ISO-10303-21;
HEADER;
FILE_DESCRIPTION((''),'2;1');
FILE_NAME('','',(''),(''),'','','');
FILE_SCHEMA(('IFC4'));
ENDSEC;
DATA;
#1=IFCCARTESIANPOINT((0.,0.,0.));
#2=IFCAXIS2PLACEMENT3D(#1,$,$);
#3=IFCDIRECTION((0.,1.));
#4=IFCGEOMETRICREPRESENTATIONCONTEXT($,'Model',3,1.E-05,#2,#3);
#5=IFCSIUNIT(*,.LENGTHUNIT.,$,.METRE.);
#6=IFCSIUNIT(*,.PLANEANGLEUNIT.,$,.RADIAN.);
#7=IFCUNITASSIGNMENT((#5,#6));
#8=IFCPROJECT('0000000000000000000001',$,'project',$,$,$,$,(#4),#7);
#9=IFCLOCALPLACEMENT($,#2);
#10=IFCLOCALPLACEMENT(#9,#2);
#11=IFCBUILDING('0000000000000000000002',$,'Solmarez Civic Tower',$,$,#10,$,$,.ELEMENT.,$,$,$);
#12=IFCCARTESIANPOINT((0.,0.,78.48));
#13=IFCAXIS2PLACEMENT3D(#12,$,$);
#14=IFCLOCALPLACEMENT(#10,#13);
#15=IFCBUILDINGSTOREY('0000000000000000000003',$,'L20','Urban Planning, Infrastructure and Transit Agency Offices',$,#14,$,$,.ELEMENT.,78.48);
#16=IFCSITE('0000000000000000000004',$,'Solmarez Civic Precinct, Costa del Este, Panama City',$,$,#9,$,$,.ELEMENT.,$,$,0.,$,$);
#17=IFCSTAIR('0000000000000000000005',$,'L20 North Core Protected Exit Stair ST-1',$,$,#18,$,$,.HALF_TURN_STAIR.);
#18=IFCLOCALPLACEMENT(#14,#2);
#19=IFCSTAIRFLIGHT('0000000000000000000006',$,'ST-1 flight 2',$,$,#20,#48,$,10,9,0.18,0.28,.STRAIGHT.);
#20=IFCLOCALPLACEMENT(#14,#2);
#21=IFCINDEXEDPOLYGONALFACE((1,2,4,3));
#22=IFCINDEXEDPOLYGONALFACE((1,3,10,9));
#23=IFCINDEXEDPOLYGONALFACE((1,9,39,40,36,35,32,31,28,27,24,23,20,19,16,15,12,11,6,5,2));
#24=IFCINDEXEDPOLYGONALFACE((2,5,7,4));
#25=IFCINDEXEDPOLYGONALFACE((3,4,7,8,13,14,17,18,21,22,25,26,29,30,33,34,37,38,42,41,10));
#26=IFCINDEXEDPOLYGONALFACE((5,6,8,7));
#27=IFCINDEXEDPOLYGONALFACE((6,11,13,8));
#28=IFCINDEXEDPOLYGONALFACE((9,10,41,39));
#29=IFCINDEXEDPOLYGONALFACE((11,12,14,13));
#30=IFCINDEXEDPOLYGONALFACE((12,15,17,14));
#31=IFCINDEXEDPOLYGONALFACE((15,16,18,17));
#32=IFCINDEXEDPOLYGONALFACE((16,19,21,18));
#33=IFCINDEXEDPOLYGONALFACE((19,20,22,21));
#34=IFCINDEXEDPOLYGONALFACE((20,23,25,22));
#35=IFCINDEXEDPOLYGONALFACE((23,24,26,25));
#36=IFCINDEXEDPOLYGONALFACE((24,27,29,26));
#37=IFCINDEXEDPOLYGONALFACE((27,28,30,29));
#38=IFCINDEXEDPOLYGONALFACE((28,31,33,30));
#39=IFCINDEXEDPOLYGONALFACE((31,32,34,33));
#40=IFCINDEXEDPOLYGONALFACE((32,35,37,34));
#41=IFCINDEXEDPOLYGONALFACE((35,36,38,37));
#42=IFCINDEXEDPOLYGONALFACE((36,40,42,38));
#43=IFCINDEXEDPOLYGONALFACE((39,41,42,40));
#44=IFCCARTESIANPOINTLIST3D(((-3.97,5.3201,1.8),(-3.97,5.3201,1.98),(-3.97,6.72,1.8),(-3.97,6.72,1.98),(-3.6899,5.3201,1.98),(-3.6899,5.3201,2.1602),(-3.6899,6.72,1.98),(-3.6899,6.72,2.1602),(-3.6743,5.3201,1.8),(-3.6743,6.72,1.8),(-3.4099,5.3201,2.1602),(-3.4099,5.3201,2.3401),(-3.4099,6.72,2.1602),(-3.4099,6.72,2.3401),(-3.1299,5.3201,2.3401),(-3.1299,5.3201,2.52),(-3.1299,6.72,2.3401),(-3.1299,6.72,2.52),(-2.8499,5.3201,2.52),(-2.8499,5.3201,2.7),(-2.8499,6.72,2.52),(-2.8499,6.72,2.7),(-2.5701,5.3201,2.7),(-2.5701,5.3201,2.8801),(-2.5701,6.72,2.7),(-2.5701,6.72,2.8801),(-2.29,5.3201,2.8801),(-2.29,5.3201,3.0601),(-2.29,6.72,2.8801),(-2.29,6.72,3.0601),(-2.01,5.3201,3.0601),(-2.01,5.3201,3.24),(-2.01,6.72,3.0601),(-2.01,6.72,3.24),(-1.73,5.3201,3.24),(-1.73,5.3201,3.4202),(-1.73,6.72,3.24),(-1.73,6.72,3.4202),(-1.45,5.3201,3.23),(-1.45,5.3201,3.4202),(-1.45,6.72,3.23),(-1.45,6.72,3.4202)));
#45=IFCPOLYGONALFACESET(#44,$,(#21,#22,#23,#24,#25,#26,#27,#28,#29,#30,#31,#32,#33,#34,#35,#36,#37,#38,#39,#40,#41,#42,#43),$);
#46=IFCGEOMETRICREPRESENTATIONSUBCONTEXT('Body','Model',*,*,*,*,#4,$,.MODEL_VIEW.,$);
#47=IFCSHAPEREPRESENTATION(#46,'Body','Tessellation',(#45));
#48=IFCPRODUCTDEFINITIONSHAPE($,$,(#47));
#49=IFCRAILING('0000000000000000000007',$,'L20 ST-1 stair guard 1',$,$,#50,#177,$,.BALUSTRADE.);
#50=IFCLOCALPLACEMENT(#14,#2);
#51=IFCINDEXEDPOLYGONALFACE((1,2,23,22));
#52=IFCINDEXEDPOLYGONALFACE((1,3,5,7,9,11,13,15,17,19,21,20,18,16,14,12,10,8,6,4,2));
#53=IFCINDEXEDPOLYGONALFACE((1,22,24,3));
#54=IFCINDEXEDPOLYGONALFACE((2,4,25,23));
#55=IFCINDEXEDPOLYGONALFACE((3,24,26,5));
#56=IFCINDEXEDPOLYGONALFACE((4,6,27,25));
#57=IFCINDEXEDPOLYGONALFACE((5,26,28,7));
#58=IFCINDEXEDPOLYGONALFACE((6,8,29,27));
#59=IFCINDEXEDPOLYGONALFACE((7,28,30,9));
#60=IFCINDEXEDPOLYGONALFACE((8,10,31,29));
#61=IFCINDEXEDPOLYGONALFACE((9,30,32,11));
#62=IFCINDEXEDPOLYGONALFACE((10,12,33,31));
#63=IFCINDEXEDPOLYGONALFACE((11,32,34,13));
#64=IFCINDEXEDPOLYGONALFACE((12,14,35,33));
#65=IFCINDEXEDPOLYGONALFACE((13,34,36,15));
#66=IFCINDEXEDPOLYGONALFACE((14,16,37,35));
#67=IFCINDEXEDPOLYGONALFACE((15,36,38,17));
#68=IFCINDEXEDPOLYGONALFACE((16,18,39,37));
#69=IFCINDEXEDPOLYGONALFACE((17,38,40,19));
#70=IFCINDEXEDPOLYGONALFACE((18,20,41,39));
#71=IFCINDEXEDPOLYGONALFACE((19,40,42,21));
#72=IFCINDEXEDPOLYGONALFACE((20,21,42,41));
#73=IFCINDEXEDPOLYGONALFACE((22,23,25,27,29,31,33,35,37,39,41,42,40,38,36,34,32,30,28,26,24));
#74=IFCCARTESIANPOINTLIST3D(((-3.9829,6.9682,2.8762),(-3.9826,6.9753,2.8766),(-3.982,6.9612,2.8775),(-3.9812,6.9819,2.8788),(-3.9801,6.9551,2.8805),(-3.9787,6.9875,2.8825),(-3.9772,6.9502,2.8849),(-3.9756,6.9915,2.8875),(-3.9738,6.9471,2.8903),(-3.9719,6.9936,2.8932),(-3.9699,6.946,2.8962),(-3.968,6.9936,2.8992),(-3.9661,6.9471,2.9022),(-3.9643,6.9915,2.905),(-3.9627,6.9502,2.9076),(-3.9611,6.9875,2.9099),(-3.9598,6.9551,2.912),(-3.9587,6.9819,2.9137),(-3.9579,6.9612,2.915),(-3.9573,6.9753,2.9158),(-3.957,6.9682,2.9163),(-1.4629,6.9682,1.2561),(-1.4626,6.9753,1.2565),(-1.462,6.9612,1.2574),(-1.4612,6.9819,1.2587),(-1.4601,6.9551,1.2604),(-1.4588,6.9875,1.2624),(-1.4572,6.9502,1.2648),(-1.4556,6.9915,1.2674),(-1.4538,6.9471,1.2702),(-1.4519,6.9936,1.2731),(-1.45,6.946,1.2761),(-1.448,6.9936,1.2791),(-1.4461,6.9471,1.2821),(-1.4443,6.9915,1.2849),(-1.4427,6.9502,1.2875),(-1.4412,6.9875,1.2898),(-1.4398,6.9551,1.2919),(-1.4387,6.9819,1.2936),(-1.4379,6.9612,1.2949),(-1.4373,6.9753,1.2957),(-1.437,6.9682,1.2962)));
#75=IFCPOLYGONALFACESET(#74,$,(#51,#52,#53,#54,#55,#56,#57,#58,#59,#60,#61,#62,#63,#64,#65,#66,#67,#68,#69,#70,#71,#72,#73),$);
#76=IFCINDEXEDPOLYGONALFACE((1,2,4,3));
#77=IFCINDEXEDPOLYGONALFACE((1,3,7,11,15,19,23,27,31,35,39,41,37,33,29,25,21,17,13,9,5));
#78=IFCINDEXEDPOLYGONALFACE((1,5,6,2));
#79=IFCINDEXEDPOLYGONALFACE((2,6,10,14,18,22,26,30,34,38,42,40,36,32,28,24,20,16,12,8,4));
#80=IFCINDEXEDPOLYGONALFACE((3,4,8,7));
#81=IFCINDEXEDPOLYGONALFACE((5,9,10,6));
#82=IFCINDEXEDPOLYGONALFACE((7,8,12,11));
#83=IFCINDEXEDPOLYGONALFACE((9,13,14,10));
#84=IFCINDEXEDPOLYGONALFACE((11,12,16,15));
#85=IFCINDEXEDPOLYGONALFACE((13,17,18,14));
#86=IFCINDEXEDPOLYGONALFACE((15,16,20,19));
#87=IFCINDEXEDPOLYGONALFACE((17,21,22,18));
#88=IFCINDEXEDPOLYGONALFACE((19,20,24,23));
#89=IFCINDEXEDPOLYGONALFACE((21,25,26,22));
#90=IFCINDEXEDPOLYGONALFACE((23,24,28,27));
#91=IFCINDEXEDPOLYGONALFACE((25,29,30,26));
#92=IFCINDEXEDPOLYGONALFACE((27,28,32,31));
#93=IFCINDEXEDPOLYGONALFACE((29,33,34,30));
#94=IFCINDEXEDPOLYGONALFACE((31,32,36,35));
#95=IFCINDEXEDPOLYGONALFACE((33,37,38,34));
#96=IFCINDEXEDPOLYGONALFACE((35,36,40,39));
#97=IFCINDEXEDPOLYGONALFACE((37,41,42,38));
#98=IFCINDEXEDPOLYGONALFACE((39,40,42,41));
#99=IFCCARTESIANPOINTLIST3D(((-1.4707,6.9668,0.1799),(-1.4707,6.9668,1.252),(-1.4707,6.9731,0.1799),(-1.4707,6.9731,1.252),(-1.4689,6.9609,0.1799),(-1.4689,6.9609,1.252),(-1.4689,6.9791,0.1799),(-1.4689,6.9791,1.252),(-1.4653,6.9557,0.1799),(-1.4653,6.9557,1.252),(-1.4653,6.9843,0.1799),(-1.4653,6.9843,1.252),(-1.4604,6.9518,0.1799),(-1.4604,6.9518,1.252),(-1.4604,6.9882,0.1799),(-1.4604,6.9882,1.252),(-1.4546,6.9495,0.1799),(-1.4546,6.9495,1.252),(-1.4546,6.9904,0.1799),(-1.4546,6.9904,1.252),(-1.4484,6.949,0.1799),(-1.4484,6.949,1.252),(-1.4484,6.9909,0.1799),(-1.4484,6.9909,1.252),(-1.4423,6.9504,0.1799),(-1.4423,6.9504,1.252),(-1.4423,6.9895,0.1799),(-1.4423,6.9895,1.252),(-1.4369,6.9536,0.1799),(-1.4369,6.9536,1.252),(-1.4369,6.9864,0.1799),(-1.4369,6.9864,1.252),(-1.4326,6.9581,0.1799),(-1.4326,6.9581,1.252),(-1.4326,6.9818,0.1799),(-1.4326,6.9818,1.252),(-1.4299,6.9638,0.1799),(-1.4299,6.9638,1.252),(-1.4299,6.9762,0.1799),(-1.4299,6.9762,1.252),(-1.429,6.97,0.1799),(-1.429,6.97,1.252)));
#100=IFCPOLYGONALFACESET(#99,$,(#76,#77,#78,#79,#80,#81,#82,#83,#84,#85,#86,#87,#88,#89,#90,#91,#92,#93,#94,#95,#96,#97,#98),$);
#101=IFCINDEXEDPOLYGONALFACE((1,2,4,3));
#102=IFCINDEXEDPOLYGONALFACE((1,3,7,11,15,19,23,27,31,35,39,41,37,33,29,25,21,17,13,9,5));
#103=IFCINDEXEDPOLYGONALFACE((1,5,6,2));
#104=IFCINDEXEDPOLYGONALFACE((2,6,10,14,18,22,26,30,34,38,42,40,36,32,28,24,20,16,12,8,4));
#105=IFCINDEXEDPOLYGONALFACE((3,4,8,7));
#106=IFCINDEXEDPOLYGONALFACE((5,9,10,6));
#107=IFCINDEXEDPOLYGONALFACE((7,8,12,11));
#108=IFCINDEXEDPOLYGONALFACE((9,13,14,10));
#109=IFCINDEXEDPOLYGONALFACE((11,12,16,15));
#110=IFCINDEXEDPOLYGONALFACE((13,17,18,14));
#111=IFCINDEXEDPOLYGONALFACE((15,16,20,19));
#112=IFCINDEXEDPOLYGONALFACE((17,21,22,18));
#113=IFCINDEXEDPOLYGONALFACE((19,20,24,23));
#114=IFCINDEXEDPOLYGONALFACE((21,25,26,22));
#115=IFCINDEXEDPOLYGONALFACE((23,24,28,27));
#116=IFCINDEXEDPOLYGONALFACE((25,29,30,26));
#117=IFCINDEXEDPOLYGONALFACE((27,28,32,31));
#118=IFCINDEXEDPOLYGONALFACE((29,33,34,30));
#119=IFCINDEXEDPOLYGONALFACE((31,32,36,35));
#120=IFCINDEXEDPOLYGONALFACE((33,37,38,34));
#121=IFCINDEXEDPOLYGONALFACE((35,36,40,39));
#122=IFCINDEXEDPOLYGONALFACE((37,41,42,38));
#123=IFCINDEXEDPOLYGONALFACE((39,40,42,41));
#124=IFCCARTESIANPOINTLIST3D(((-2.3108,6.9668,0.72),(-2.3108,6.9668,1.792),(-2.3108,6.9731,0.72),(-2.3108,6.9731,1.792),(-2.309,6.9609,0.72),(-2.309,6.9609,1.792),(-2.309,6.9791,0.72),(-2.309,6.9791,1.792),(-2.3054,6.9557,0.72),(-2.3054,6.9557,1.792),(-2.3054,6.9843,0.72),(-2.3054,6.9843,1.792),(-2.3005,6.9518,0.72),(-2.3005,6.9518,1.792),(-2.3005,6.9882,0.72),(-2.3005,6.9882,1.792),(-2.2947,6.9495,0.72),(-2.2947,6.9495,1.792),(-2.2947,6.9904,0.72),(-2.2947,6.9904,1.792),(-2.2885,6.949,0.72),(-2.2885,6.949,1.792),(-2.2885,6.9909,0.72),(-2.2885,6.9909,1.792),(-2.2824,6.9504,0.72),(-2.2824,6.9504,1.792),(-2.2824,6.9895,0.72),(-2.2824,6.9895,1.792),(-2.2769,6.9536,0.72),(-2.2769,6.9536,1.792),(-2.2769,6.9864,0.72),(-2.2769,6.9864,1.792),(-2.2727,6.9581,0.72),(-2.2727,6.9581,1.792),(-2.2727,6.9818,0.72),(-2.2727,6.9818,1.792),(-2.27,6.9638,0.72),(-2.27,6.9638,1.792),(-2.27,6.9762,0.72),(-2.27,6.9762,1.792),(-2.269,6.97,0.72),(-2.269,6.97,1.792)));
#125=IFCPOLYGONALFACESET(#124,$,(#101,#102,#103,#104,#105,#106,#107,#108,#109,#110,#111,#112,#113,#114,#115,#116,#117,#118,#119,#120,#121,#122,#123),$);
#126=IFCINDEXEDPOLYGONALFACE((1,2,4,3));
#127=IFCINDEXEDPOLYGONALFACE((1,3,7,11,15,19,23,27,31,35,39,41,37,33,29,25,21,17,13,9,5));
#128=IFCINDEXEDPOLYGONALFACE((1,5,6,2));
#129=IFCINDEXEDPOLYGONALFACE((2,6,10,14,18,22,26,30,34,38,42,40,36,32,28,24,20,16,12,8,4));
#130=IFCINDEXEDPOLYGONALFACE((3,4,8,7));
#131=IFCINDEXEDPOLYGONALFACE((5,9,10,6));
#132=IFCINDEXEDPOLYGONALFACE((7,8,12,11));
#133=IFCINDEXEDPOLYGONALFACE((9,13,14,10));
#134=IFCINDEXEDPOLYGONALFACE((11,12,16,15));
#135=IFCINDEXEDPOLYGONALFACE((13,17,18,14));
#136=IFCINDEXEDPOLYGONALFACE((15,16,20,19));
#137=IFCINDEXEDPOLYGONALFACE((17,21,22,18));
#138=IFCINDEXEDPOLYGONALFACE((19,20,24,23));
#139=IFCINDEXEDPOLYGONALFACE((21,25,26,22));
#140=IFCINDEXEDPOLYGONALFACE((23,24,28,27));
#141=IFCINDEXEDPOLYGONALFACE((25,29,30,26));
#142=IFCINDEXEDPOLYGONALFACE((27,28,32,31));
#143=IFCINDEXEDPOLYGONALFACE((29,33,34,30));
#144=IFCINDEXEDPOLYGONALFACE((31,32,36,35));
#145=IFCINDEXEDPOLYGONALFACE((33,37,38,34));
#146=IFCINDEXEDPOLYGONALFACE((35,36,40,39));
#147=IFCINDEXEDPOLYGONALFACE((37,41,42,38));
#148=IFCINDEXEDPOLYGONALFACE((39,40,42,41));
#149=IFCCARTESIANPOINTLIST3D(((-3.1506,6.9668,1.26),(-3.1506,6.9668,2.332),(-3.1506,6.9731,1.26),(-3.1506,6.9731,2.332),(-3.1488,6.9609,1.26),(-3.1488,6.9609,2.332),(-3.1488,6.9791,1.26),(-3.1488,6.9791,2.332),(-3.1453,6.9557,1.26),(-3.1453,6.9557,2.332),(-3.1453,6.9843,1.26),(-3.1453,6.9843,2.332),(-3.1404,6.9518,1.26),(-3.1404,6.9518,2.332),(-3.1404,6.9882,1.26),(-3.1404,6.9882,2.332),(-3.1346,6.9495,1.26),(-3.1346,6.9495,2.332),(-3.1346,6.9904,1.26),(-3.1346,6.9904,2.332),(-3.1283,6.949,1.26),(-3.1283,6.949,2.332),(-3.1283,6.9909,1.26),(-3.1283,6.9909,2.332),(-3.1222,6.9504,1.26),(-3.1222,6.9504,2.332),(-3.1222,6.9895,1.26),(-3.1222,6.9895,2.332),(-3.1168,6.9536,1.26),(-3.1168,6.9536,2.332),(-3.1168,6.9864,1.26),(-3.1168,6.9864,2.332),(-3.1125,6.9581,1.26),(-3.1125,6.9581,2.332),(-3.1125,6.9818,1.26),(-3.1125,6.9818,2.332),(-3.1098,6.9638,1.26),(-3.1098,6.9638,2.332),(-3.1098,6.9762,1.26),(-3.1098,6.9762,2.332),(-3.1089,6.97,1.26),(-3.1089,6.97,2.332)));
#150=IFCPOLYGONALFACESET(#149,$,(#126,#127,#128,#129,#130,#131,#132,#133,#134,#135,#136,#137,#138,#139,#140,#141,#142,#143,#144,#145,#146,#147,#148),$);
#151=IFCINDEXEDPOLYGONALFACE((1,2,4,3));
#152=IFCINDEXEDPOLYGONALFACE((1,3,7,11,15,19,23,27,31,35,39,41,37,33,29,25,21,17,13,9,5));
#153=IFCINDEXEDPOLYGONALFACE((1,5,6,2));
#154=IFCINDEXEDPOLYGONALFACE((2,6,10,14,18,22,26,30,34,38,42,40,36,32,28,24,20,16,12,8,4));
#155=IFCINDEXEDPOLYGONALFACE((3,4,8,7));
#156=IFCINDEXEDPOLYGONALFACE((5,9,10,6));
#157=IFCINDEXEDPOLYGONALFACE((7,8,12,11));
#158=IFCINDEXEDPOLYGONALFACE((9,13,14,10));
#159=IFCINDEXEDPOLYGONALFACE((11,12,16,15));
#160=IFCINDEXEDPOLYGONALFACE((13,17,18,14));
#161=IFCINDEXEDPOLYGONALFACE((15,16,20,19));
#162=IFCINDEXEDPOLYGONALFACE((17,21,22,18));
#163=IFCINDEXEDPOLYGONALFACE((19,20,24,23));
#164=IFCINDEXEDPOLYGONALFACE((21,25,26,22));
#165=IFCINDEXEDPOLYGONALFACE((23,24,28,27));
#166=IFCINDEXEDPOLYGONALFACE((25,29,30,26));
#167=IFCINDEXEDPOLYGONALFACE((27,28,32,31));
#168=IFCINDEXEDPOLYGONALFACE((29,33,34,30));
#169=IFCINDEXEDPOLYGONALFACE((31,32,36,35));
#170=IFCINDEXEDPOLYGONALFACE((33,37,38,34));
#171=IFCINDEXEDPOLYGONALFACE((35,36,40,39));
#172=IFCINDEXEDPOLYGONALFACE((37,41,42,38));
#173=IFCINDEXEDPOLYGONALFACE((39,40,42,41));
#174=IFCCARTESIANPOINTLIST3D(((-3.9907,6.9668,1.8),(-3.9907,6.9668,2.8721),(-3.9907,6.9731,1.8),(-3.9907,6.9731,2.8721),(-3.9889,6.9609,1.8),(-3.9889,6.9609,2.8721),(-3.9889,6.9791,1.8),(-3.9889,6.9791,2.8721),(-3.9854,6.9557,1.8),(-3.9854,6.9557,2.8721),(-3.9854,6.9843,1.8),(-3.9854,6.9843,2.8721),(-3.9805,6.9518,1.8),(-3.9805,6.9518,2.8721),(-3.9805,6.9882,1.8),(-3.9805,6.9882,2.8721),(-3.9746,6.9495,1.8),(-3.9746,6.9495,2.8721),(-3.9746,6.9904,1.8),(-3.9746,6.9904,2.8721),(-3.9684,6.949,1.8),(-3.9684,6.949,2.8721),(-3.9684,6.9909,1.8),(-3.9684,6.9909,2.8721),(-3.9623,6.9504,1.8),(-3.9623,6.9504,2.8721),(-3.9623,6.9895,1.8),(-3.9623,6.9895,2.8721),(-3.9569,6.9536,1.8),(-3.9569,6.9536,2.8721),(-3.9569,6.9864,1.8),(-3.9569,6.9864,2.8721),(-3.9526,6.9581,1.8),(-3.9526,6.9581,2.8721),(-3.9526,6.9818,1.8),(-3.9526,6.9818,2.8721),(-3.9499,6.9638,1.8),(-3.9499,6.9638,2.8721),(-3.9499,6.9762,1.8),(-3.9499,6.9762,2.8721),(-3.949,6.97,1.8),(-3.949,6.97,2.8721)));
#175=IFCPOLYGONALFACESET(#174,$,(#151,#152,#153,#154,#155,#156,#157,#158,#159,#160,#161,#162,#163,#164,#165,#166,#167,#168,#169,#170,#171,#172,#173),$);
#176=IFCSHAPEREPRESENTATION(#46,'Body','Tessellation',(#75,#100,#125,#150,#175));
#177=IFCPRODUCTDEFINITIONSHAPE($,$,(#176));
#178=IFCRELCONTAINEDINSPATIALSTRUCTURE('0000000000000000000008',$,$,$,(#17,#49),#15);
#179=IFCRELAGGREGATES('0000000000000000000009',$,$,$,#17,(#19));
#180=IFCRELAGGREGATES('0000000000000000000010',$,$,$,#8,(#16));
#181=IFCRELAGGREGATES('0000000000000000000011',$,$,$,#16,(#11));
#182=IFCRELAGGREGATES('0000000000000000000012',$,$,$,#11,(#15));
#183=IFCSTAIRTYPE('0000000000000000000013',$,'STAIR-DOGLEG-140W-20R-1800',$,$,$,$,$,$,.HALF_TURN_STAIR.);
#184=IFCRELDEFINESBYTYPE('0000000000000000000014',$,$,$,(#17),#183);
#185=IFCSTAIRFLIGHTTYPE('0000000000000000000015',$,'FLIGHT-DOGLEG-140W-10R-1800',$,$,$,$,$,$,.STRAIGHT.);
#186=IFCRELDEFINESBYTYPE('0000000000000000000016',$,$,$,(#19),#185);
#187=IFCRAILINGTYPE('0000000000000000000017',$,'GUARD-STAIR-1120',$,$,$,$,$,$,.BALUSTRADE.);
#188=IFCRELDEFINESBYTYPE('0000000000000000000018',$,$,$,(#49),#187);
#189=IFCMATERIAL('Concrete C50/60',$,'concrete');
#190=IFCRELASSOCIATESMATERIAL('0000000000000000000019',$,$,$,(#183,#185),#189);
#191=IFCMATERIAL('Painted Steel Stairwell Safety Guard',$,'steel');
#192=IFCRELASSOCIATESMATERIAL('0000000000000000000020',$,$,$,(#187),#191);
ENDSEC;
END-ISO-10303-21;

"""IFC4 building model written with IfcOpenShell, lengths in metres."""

from ifc_helpers import new_model, si_unit, direction, frame, origin, origin_2d, place, context, subcontext, project, spatial, polyline, circle, outline, extrude, material, type_object, element, aggregate, save


model = new_model("IFC4")

# Units and contexts
model_context = context("Model", 3, precision=1e-05, world=origin(), true_north=direction((0.0, 1.0)))
body_context = subcontext(model_context, "Body", "Model", "MODEL_VIEW")
ifc_project = project(units=[si_unit("LENGTHUNIT", "METRE"), si_unit("PLANEANGLEUNIT", "RADIAN")], contexts=[model_context])

# Site, building, storey
site_placement = place(None, origin())
site = spatial("IfcSite", under=ifc_project, at=site_placement, Name="Solmarez Civic Precinct, Costa del Este, Panama City", CompositionType="ELEMENT", RefElevation=0.0)
building_placement = place(site_placement, origin())
building = spatial("IfcBuilding", under=site, at=building_placement, Name="Solmarez Civic Tower", CompositionType="ELEMENT")
storey_placement = place(building_placement, frame((0.0, 0.0, 78.48)))
storey = spatial("IfcBuildingStorey", under=building, at=storey_placement, Name="L20", Description="Urban Planning, Infrastructure and Transit Agency Offices", CompositionType="ELEMENT", Elevation=78.48)

# Shared definitions
ifc_material_1 = material(Name="Concrete C50/60", Category="concrete")

# Stair, stair flight
stair_type = type_object("IfcStairType", Name="STAIR-DOGLEG-140W-20R-1800", PredefinedType="HALF_TURN_STAIR", material=ifc_material_1)
stair_placement = place(storey_placement, origin())
stair = element("IfcStair", 1, at=stair_placement, inside=storey, type_object=stair_type, Name="L20 North Core Protected Exit Stair ST-1", PredefinedType="HALF_TURN_STAIR")
stair_flight_type = type_object("IfcStairFlightType", Name="FLIGHT-DOGLEG-140W-10R-1800", PredefinedType="STRAIGHT", material=ifc_material_1)
stair_flight_1_placement = place(storey_placement, frame((-3.97, 6.02, 1.8), z_axis=(0.0, 0.0, 1.0), x_axis=(1.0, 0.0, 0.0)))
stair_flight_1 = element("IfcStairFlight", 2, at=stair_flight_1_placement, type_object=stair_flight_type, Name="ST-1 flight 2", NumberOfRisers=10, NumberOfTreads=9, PredefinedType="STRAIGHT", RiserHeight=0.18, TreadLength=0.28, context=body_context, shape_type="SweptSolid", body=[
    extrude(outline(polyline([(0.0, 0.0), (0.0, 0.1799), (0.28, 0.1799), (0.28, 0.3601), (0.5601, 0.3601), (0.5601, 0.54), (0.8401, 0.54), (0.8401, 0.72), (1.1201, 0.72), (1.1201, 0.8999), (1.3999, 0.8999), (1.3999, 1.0801), (1.6799, 1.0801), (1.6799, 1.26), (1.96, 1.26), (1.96, 1.4399), (2.24, 1.4399), (2.24, 1.6201), (2.52, 1.6201), (2.52, 1.8), (2.52, 1.4299), (0.2957, 0.0), (0.0, 0.0)])), frame((0.0, 0.7, 0.0), z_axis=(0.0, -1.0, 0.0), x_axis=(1.0, 0.0, 0.0)), (0.0, 0.0, 1.0), 1.3999),
])
aggregate(stair, [stair_flight_1])

# Railing
ifc_material_2 = material(Name="Painted Steel Stairwell Safety Guard", Category="steel")
railing_type_1 = type_object("IfcRailingType", Name="GUARD-STAIR-1120", PredefinedType="BALUSTRADE", material=ifc_material_2)
railing_1_placement = place(storey_placement, frame((-1.45, 6.97, 0.1799)))
element("IfcRailing", 3, at=railing_1_placement, inside=storey, type_object=railing_type_1, Name="L20 ST-1 stair guard 1", PredefinedType="BALUSTRADE", context=body_context, shape_type="SweptSolid", body=[
    extrude(circle(Radius=0.0239, at=origin_2d()), frame((0.0, 0.0, 1.0962), z_axis=(-0.841163, 0.0, 0.540782), x_axis=(0.0, -1.0, 0.0)), (0.0, 0.0, 1.0), 2.9958),
    extrude(circle(Radius=0.021, at=origin_2d()), origin(), (0.0, 0.0, 1.0), 1.072),
    extrude(circle(Radius=0.021, at=origin_2d()), frame((-0.8401, 0.0, 0.54)), (0.0, 0.0, 1.0), 1.072),
    extrude(circle(Radius=0.021, at=origin_2d()), frame((-1.6799, 0.0, 1.0801)), (0.0, 0.0, 1.0), 1.072),
    extrude(circle(Radius=0.021, at=origin_2d()), frame((-2.52, 0.0, 1.6201)), (0.0, 0.0, 1.0), 1.072),
])

save(model, "model.ifc")
